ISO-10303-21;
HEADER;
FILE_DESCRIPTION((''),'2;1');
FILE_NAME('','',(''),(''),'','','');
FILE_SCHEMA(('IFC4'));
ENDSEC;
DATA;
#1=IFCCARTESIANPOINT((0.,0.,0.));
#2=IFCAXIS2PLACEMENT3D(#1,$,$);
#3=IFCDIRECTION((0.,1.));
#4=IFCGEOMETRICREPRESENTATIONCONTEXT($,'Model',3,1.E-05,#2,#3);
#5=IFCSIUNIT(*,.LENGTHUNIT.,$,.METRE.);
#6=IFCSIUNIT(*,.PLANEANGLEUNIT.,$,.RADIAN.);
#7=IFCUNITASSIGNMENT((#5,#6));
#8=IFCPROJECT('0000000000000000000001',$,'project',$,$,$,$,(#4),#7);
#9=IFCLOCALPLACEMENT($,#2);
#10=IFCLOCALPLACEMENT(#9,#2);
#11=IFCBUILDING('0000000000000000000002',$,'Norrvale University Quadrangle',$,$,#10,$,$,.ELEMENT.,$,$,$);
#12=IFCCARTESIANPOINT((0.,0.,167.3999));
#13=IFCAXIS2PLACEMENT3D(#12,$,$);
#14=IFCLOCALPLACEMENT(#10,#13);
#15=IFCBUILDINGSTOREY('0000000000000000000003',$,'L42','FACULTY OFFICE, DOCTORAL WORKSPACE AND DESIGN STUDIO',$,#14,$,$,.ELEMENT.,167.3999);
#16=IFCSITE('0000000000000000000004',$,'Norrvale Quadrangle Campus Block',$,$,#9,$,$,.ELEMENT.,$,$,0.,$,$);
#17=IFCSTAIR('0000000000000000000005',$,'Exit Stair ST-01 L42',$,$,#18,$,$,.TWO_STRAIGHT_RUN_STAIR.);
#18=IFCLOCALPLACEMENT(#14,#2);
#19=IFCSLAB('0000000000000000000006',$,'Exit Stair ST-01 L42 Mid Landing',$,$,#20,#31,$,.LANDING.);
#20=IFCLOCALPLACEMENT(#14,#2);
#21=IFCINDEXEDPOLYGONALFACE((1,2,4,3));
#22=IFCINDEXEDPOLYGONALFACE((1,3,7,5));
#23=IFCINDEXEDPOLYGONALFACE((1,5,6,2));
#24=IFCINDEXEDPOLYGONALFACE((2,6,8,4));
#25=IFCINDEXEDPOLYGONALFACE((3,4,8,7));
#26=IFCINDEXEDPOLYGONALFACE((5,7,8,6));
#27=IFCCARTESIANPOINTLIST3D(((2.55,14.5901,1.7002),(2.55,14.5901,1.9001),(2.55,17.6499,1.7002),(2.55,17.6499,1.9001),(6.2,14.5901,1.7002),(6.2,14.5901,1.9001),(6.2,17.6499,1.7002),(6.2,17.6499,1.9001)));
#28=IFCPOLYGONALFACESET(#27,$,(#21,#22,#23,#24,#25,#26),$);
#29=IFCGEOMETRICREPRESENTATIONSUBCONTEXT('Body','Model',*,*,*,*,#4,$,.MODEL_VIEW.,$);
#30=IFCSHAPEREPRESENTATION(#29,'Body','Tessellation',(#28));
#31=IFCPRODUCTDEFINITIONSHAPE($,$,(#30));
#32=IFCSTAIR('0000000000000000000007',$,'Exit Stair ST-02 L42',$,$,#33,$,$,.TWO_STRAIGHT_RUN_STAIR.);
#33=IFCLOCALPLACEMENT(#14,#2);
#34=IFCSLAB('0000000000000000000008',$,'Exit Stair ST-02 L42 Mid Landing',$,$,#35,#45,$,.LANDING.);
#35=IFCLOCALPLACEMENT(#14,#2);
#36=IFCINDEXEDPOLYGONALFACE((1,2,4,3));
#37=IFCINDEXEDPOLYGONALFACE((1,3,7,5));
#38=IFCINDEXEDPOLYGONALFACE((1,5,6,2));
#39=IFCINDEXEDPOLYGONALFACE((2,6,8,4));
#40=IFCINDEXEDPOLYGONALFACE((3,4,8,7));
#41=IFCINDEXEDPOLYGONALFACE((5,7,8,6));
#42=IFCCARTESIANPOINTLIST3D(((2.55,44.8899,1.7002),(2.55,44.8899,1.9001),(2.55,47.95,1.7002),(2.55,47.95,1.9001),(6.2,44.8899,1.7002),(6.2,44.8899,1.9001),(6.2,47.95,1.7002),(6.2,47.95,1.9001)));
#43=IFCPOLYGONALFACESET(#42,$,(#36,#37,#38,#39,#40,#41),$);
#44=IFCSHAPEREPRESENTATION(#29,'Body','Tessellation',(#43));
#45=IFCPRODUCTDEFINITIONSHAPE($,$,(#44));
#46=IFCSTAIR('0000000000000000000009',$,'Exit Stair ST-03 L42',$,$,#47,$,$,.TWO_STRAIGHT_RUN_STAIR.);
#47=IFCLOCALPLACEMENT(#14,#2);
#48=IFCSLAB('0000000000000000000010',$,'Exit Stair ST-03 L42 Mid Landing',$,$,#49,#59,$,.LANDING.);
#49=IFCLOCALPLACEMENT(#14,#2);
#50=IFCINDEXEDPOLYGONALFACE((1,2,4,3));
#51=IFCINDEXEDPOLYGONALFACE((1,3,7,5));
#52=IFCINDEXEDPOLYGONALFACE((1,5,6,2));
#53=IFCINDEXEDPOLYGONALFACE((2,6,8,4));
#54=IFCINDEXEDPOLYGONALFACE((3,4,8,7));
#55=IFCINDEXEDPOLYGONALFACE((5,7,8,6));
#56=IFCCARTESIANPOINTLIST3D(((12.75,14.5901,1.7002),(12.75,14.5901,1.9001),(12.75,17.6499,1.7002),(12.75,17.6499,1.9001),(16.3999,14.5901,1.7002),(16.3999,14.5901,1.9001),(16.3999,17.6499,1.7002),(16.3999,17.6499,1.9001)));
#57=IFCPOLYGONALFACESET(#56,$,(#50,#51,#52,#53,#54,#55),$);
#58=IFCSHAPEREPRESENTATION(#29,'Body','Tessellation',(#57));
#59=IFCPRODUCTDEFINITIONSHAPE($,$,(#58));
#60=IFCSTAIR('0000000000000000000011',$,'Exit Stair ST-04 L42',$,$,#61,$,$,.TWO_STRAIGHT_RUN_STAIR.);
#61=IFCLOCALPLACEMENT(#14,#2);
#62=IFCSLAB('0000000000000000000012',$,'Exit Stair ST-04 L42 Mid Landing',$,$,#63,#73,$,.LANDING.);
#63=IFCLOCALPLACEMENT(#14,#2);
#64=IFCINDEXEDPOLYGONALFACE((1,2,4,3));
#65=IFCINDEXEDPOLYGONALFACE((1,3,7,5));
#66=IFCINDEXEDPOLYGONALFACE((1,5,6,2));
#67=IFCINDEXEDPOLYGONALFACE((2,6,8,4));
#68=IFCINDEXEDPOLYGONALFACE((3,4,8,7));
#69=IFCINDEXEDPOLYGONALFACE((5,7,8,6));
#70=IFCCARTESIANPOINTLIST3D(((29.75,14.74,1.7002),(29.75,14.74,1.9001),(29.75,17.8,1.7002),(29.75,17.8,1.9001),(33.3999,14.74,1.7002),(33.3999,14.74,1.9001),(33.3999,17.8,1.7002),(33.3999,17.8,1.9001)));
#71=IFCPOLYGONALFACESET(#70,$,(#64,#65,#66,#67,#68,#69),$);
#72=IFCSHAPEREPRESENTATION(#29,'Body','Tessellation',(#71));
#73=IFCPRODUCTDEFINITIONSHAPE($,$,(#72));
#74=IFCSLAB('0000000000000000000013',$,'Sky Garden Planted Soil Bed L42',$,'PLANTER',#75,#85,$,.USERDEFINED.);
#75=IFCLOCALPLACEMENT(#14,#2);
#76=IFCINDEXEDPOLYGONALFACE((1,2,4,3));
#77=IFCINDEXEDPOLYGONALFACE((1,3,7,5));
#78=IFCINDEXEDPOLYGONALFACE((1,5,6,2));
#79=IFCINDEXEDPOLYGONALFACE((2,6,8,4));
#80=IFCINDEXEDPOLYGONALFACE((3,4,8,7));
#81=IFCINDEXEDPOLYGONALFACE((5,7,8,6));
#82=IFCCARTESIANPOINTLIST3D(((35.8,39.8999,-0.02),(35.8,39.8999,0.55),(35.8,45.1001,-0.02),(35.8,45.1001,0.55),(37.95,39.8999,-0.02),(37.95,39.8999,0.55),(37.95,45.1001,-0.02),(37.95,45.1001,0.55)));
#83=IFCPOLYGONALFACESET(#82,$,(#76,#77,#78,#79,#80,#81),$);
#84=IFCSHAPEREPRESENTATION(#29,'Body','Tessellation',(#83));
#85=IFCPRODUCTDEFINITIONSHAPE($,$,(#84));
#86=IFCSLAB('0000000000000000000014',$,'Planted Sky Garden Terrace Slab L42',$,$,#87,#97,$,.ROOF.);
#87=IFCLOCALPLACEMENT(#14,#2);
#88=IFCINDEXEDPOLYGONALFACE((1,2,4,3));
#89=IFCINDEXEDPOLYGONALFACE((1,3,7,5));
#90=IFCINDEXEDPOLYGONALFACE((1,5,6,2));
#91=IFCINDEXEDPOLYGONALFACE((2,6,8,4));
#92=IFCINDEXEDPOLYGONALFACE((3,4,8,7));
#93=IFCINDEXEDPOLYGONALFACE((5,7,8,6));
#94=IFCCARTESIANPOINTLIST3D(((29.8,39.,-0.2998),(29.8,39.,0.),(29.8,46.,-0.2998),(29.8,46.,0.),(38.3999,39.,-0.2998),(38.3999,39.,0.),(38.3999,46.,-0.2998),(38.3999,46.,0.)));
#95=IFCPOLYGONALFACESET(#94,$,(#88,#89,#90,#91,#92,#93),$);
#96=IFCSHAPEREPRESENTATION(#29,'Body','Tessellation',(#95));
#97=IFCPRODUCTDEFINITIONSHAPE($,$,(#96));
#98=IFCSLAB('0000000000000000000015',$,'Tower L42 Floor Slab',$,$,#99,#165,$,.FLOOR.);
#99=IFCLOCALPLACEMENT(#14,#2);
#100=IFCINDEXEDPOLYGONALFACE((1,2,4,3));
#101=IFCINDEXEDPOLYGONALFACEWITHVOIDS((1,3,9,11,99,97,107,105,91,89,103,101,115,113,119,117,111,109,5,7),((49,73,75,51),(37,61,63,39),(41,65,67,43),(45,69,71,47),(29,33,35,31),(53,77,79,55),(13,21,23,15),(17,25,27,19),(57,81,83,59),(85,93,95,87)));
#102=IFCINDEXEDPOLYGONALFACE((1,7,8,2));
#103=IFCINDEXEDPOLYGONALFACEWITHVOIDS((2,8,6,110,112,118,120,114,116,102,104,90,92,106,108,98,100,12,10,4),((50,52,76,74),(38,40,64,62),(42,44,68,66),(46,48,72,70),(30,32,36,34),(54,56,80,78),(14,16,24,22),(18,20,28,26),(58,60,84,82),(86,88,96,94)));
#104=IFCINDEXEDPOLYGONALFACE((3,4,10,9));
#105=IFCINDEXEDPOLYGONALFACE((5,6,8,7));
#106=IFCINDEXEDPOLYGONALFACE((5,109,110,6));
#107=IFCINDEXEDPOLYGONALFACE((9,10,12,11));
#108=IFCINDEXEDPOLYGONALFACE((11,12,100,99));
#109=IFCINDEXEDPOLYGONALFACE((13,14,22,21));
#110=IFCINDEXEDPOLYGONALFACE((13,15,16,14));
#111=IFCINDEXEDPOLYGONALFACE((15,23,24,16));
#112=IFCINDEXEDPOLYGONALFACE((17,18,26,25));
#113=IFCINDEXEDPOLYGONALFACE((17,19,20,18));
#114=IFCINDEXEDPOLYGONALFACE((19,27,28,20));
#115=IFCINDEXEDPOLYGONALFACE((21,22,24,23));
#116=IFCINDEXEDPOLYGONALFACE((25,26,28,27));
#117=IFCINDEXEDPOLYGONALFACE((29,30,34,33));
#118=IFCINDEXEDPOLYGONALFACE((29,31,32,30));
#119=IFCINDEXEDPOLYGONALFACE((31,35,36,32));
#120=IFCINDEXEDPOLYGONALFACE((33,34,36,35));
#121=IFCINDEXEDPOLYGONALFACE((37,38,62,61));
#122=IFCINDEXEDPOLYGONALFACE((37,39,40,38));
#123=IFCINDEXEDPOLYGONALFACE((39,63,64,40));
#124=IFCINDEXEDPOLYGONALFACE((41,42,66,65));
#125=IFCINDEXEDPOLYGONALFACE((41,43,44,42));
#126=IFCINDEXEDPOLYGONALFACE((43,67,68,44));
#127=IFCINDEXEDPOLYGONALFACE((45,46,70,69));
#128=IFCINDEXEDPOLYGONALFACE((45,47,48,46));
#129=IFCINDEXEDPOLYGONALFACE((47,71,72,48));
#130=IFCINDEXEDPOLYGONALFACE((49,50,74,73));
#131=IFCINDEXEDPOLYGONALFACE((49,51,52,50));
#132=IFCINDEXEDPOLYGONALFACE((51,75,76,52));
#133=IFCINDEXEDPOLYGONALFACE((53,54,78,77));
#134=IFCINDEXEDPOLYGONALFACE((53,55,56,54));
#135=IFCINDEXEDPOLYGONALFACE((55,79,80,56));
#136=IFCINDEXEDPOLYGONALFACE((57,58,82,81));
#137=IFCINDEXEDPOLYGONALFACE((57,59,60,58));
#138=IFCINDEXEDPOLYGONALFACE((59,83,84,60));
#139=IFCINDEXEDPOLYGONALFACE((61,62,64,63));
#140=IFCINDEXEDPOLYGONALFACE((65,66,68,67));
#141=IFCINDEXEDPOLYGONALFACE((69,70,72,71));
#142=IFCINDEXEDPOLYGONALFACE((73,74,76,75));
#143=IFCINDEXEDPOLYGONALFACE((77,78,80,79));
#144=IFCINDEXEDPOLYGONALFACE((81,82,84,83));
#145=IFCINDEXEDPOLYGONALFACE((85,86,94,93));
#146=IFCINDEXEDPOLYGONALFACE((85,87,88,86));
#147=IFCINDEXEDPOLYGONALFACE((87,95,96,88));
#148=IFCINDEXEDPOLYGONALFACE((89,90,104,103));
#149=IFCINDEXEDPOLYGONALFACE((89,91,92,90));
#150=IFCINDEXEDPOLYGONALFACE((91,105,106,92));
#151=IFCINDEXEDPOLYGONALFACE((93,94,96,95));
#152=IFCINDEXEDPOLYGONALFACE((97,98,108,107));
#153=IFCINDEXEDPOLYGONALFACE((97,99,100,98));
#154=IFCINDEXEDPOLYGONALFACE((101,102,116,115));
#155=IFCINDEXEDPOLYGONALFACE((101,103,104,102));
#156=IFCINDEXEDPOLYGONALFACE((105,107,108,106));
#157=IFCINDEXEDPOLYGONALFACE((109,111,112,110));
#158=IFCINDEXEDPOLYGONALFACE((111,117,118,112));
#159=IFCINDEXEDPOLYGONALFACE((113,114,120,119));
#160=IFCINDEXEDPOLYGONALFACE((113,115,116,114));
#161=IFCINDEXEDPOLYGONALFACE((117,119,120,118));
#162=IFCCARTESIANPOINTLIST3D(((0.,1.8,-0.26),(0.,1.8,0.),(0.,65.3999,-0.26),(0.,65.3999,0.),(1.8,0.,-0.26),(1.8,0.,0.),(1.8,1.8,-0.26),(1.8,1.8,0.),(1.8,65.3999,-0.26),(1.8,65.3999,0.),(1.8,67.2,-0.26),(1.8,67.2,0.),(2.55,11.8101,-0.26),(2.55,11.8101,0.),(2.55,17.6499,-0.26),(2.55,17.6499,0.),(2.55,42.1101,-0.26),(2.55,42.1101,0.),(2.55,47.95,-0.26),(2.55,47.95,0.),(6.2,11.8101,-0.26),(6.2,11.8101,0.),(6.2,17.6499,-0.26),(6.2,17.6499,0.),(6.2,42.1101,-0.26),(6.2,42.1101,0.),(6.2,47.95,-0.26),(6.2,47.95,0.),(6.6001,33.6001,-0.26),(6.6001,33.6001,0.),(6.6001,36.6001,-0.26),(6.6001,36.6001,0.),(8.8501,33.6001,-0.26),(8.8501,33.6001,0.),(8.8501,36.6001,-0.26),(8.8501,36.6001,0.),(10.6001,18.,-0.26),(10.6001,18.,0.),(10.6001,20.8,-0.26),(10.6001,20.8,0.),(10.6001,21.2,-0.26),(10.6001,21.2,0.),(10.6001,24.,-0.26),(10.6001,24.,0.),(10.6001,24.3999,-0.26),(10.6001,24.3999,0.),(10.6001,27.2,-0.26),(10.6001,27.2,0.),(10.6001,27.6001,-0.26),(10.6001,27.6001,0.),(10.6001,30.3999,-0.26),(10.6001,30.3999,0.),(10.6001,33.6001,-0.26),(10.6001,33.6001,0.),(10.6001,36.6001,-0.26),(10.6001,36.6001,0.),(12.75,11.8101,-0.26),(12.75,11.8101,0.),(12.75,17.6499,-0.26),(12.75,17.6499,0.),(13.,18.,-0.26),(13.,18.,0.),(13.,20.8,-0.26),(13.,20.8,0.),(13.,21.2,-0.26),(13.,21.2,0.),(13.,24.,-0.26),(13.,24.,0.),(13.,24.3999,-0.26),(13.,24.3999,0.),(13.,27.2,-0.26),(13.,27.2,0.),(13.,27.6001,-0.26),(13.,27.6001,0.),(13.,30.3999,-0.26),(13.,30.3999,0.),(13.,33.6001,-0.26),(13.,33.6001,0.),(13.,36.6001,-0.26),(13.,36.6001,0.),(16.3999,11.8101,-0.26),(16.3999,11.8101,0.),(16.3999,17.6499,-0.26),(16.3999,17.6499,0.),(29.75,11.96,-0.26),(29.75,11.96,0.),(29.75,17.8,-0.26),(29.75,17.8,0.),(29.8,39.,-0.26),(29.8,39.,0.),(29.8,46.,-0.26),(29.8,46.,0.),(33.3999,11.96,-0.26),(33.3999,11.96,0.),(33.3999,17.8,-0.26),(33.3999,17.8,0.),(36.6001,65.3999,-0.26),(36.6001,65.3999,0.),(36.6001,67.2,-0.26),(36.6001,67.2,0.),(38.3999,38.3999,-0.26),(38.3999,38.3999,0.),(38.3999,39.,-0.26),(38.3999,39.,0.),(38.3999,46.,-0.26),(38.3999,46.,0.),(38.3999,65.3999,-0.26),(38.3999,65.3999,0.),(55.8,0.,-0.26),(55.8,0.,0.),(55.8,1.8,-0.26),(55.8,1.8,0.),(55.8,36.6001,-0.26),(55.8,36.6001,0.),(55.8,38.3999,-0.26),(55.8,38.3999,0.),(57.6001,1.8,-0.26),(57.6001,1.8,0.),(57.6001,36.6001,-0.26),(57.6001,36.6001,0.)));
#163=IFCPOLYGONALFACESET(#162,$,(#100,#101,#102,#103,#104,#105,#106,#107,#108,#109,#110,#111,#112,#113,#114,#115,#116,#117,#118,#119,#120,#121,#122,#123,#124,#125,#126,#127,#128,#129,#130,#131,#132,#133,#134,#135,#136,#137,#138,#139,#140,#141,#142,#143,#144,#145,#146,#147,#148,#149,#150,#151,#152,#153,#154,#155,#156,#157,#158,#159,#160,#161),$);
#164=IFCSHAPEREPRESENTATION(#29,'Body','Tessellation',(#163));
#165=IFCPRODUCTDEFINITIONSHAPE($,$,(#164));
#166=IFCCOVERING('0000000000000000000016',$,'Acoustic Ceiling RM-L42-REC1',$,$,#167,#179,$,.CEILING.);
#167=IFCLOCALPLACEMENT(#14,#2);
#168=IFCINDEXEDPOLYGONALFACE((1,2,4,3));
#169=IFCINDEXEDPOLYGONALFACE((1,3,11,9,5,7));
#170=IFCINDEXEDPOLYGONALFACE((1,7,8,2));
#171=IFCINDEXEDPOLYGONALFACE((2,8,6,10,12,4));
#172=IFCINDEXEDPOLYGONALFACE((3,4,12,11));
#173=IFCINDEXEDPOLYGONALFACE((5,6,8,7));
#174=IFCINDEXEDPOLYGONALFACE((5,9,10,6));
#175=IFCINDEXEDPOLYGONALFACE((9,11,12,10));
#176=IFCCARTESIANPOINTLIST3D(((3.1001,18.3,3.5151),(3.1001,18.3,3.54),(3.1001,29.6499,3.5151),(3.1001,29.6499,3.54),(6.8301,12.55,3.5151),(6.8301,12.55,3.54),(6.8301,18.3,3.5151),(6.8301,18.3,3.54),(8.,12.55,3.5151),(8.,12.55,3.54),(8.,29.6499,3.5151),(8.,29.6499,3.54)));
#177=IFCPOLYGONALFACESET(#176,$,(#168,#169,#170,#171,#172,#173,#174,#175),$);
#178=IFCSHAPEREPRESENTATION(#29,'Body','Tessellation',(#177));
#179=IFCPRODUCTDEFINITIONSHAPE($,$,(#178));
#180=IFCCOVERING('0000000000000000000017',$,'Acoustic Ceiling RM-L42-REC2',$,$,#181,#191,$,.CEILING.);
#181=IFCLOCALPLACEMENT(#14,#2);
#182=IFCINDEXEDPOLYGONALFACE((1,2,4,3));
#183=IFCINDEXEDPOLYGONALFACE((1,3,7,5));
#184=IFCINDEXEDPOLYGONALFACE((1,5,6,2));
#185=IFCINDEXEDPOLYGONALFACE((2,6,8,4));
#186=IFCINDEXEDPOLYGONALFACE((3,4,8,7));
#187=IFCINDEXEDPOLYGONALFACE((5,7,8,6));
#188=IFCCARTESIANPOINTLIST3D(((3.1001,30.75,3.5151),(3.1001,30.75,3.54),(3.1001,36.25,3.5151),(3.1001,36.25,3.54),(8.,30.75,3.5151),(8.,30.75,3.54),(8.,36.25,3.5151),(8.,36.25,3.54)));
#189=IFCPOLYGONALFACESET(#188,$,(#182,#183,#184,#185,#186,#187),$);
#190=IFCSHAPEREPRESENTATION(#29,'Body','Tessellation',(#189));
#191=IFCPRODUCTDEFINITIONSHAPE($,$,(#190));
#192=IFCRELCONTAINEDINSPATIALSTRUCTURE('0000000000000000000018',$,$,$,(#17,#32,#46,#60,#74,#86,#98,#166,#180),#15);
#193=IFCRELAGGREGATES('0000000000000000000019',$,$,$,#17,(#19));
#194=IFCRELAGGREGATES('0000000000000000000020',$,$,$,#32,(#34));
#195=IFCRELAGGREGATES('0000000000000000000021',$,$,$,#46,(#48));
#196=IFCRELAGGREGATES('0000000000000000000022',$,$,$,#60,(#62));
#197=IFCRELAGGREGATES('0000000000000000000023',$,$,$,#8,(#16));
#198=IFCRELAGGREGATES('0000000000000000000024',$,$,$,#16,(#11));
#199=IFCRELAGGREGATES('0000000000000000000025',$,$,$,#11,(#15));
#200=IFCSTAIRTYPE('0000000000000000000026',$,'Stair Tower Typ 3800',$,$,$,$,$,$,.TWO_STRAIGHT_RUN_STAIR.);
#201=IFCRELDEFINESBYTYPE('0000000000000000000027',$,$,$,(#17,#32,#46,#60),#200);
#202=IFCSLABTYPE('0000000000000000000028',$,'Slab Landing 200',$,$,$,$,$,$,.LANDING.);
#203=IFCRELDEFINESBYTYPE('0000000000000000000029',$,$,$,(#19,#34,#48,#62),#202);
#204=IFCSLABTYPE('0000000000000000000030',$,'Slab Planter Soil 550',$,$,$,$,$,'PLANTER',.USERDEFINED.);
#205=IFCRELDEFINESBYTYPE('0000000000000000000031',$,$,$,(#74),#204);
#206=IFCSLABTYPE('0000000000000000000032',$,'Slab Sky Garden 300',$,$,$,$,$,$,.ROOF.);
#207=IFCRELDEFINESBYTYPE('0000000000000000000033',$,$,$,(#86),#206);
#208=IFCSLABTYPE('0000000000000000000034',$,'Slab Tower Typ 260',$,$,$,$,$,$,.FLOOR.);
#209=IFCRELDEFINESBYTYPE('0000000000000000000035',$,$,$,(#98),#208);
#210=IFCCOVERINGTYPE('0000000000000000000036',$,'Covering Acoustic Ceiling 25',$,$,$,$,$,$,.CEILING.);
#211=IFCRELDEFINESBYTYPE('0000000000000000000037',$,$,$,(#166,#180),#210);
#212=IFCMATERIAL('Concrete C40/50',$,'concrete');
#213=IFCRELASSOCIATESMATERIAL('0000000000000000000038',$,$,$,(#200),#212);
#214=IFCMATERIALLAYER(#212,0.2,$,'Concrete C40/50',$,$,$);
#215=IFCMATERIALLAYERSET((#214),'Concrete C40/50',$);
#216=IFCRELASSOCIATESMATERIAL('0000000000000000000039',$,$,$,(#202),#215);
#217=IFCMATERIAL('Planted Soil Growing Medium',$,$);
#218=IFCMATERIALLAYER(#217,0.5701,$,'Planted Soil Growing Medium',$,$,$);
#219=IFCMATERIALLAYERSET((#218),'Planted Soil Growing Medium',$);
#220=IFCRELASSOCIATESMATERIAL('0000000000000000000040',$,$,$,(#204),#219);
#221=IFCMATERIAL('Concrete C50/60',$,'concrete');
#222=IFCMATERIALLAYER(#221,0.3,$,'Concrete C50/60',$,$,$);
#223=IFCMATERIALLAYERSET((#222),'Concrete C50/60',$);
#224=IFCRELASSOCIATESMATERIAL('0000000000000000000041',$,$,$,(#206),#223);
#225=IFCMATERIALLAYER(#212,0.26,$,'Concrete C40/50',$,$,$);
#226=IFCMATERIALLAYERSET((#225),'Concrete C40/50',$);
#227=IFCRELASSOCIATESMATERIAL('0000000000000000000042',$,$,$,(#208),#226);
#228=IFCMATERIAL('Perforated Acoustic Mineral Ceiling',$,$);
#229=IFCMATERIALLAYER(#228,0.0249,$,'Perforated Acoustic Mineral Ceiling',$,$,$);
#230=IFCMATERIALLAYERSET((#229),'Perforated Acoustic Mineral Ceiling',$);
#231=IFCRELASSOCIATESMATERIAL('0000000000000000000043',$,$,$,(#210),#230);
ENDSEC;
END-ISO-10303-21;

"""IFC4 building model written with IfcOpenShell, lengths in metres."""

from ifc_helpers import new_model, si_unit, direction, frame, origin, place, context, subcontext, project, spatial, polyline, outline, extrude, material, layer, layer_set, type_object, element, aggregate, save


model = new_model("IFC4")

# Units and contexts
model_context = context("Model", 3, precision=1e-05, world=origin(), true_north=direction((0.0, 1.0)))
body_context = subcontext(model_context, "Body", "Model", "MODEL_VIEW")
ifc_project = project(units=[si_unit("LENGTHUNIT", "METRE"), si_unit("PLANEANGLEUNIT", "RADIAN")], contexts=[model_context])

# Site, building, storey
site_placement = place(None, origin())
site = spatial("IfcSite", under=ifc_project, at=site_placement, Name="Norrvale Quadrangle Campus Block", CompositionType="ELEMENT", RefElevation=0.0)
building_placement = place(site_placement, origin())
building = spatial("IfcBuilding", under=site, at=building_placement, Name="Norrvale University Quadrangle", CompositionType="ELEMENT")
storey_placement = place(building_placement, frame((0.0, 0.0, 167.3999)))
storey = spatial("IfcBuildingStorey", under=building, at=storey_placement, Name="L42", Description="FACULTY OFFICE, DOCTORAL WORKSPACE AND DESIGN STUDIO", CompositionType="ELEMENT", Elevation=167.3999)

# Stairs, slabs
ifc_material_1 = material(Name="Concrete C40/50", Category="concrete")
stair_type = type_object("IfcStairType", Name="Stair Tower Typ 3800", PredefinedType="TWO_STRAIGHT_RUN_STAIR", material=ifc_material_1)
stair_1_placement = place(storey_placement, origin())
stair_1 = element("IfcStair", 1, at=stair_1_placement, inside=storey, type_object=stair_type, Name="Exit Stair ST-01 L42", PredefinedType="TWO_STRAIGHT_RUN_STAIR")
ifc_layer_1 = layer(ifc_material_1, 0.2, Name="Concrete C40/50")
ifc_layer_set_1 = layer_set([ifc_layer_1], Name="Concrete C40/50")
slab_type_1 = type_object("IfcSlabType", Name="Slab Landing 200", PredefinedType="LANDING", material=ifc_layer_set_1)
slab_1_placement = place(storey_placement, frame((0.0, 0.0, 1.7002)))
slab_1 = element("IfcSlab", 2, at=slab_1_placement, type_object=slab_type_1, Name="Exit Stair ST-01 L42 Mid Landing", PredefinedType="LANDING", context=body_context, shape_type="SweptSolid", body=[
    extrude(outline(polyline([(2.55, 14.5901), (6.2, 14.5901), (6.2, 17.6499), (2.55, 17.6499), (2.55, 14.5901)])), origin(), (0.0, 0.0, 1.0), 0.2),
])
aggregate(stair_1, [slab_1])
stair_2_placement = place(storey_placement, origin())
stair_2 = element("IfcStair", 3, at=stair_2_placement, inside=storey, type_object=stair_type, Name="Exit Stair ST-02 L42", PredefinedType="TWO_STRAIGHT_RUN_STAIR")
slab_2_placement = place(storey_placement, frame((0.0, 0.0, 1.7002)))
slab_2 = element("IfcSlab", 4, at=slab_2_placement, type_object=slab_type_1, Name="Exit Stair ST-02 L42 Mid Landing", PredefinedType="LANDING", context=body_context, shape_type="SweptSolid", body=[
    extrude(outline(polyline([(2.55, 44.8899), (6.2, 44.8899), (6.2, 47.95), (2.55, 47.95), (2.55, 44.8899)])), origin(), (0.0, 0.0, 1.0), 0.2),
])
aggregate(stair_2, [slab_2])
stair_3_placement = place(storey_placement, origin())
stair_3 = element("IfcStair", 5, at=stair_3_placement, inside=storey, type_object=stair_type, Name="Exit Stair ST-03 L42", PredefinedType="TWO_STRAIGHT_RUN_STAIR")
slab_3_placement = place(storey_placement, frame((0.0, 0.0, 1.7002)))
slab_3 = element("IfcSlab", 6, at=slab_3_placement, type_object=slab_type_1, Name="Exit Stair ST-03 L42 Mid Landing", PredefinedType="LANDING", context=body_context, shape_type="SweptSolid", body=[
    extrude(outline(polyline([(12.75, 14.5901), (16.3999, 14.5901), (16.3999, 17.6499), (12.75, 17.6499), (12.75, 14.5901)])), origin(), (0.0, 0.0, 1.0), 0.2),
])
aggregate(stair_3, [slab_3])
stair_4_placement = place(storey_placement, origin())
stair_4 = element("IfcStair", 7, at=stair_4_placement, inside=storey, type_object=stair_type, Name="Exit Stair ST-04 L42", PredefinedType="TWO_STRAIGHT_RUN_STAIR")
slab_4_placement = place(storey_placement, frame((0.0, 0.0, 1.7002)))
slab_4 = element("IfcSlab", 8, at=slab_4_placement, type_object=slab_type_1, Name="Exit Stair ST-04 L42 Mid Landing", PredefinedType="LANDING", context=body_context, shape_type="SweptSolid", body=[
    extrude(outline(polyline([(29.75, 14.74), (33.3999, 14.74), (33.3999, 17.8), (29.75, 17.8), (29.75, 14.74)])), origin(), (0.0, 0.0, 1.0), 0.2),
])
aggregate(stair_4, [slab_4])

# Slabs
ifc_material_2 = material(Name="Planted Soil Growing Medium")
ifc_layer_2 = layer(ifc_material_2, 0.5701, Name="Planted Soil Growing Medium")
ifc_layer_set_2 = layer_set([ifc_layer_2], Name="Planted Soil Growing Medium")
slab_type_2 = type_object("IfcSlabType", Name="Slab Planter Soil 550", ElementType="PLANTER", PredefinedType="USERDEFINED", material=ifc_layer_set_2)
slab_5_placement = place(storey_placement, frame((0.0, 0.0, -0.02)))
element("IfcSlab", 9, at=slab_5_placement, inside=storey, type_object=slab_type_2, Name="Sky Garden Planted Soil Bed L42", ObjectType="PLANTER", PredefinedType="USERDEFINED", context=body_context, shape_type="SweptSolid", body=[
    extrude(outline(polyline([(35.8, 39.8999), (37.95, 39.8999), (37.95, 45.1001), (35.8, 45.1001), (35.8, 39.8999)])), origin(), (0.0, 0.0, 1.0), 0.5701),
])
ifc_material_3 = material(Name="Concrete C50/60", Category="concrete")
ifc_layer_3 = layer(ifc_material_3, 0.3, Name="Concrete C50/60")
ifc_layer_set_3 = layer_set([ifc_layer_3], Name="Concrete C50/60")
slab_type_3 = type_object("IfcSlabType", Name="Slab Sky Garden 300", PredefinedType="ROOF", material=ifc_layer_set_3)
slab_6_placement = place(storey_placement, frame((0.0, 0.0, -0.2998)))
element("IfcSlab", 10, at=slab_6_placement, inside=storey, type_object=slab_type_3, Name="Planted Sky Garden Terrace Slab L42", PredefinedType="ROOF", context=body_context, shape_type="SweptSolid", body=[
    extrude(outline(polyline([(29.8, 39.0), (38.3999, 39.0), (38.3999, 46.0), (29.8, 46.0), (29.8, 39.0)])), origin(), (0.0, 0.0, 1.0), 0.2998),
])
ifc_layer_4 = layer(ifc_material_1, 0.26, Name="Concrete C40/50")
ifc_layer_set_4 = layer_set([ifc_layer_4], Name="Concrete C40/50")
slab_type_4 = type_object("IfcSlabType", Name="Slab Tower Typ 260", PredefinedType="FLOOR", material=ifc_layer_set_4)
slab_7_placement = place(storey_placement, frame((0.0, 0.0, -0.26)))
element("IfcSlab", 11, at=slab_7_placement, inside=storey, type_object=slab_type_4, Name="Tower L42 Floor Slab", PredefinedType="FLOOR", context=body_context, shape_type="SweptSolid", body=[
    extrude(outline(polyline([(38.3999, 38.3999), (55.8, 38.3999), (55.8, 36.6001), (57.6001, 36.6001), (57.6001, 1.8), (55.8, 1.8), (55.8, 0.0), (1.8, 0.0), (1.8, 1.8), (0.0, 1.8), (0.0, 65.3999), (1.8, 65.3999), (1.8, 67.2), (36.6001, 67.2), (36.6001, 65.3999), (38.3999, 65.3999), (38.3999, 46.0), (29.8, 46.0), (29.8, 39.0), (38.3999, 39.0), (38.3999, 38.3999)]), holes=[polyline([(2.55, 11.8101), (6.2, 11.8101), (6.2, 17.6499), (2.55, 17.6499), (2.55, 11.8101)]), polyline([(2.55, 42.1101), (6.2, 42.1101), (6.2, 47.95), (2.55, 47.95), (2.55, 42.1101)]), polyline([(12.75, 11.8101), (16.3999, 11.8101), (16.3999, 17.6499), (12.75, 17.6499), (12.75, 11.8101)]), polyline([(29.75, 11.96), (33.3999, 11.96), (33.3999, 17.8), (29.75, 17.8), (29.75, 11.96)]), polyline([(10.6001, 18.0), (13.0, 18.0), (13.0, 20.8), (10.6001, 20.8), (10.6001, 18.0)]), polyline([(10.6001, 21.2), (13.0, 21.2), (13.0, 24.0), (10.6001, 24.0), (10.6001, 21.2)]), polyline([(10.6001, 24.3999), (13.0, 24.3999), (13.0, 27.2), (10.6001, 27.2), (10.6001, 24.3999)]), polyline([(10.6001, 27.6001), (13.0, 27.6001), (13.0, 30.3999), (10.6001, 30.3999), (10.6001, 27.6001)]), polyline([(6.6001, 33.6001), (8.8501, 33.6001), (8.8501, 36.6001), (6.6001, 36.6001), (6.6001, 33.6001)]), polyline([(10.6001, 33.6001), (13.0, 33.6001), (13.0, 36.6001), (10.6001, 36.6001), (10.6001, 33.6001)])]), origin(), (0.0, 0.0, 1.0), 0.26),
])

# Coverings
ifc_material_4 = material(Name="Perforated Acoustic Mineral Ceiling")
ifc_layer_5 = layer(ifc_material_4, 0.0249, Name="Perforated Acoustic Mineral Ceiling")
ifc_layer_set_5 = layer_set([ifc_layer_5], Name="Perforated Acoustic Mineral Ceiling")
covering_type_1 = type_object("IfcCoveringType", Name="Covering Acoustic Ceiling 25", PredefinedType="CEILING", material=ifc_layer_set_5)
covering_1_placement = place(storey_placement, frame((0.0, 0.0, 3.5151)))
element("IfcCovering", 12, at=covering_1_placement, inside=storey, type_object=covering_type_1, Name="Acoustic Ceiling RM-L42-REC1", PredefinedType="CEILING", context=body_context, shape_type="SweptSolid", body=[
    extrude(outline(polyline([(3.1001, 18.3), (3.1001, 29.6499), (8.0, 29.6499), (8.0, 12.55), (6.8301, 12.55), (6.8301, 18.3), (3.1001, 18.3)])), origin(), (0.0, 0.0, 1.0), 0.0249),
])
covering_2_placement = place(storey_placement, frame((0.0, 0.0, 3.5151)))
element("IfcCovering", 13, at=covering_2_placement, inside=storey, type_object=covering_type_1, Name="Acoustic Ceiling RM-L42-REC2", PredefinedType="CEILING", context=body_context, shape_type="SweptSolid", body=[
    extrude(outline(polyline([(3.1001, 30.75), (3.1001, 36.25), (8.0, 36.25), (8.0, 30.75), (3.1001, 30.75)])), origin(), (0.0, 0.0, 1.0), 0.0249),
])

save(model, "model.ifc")
